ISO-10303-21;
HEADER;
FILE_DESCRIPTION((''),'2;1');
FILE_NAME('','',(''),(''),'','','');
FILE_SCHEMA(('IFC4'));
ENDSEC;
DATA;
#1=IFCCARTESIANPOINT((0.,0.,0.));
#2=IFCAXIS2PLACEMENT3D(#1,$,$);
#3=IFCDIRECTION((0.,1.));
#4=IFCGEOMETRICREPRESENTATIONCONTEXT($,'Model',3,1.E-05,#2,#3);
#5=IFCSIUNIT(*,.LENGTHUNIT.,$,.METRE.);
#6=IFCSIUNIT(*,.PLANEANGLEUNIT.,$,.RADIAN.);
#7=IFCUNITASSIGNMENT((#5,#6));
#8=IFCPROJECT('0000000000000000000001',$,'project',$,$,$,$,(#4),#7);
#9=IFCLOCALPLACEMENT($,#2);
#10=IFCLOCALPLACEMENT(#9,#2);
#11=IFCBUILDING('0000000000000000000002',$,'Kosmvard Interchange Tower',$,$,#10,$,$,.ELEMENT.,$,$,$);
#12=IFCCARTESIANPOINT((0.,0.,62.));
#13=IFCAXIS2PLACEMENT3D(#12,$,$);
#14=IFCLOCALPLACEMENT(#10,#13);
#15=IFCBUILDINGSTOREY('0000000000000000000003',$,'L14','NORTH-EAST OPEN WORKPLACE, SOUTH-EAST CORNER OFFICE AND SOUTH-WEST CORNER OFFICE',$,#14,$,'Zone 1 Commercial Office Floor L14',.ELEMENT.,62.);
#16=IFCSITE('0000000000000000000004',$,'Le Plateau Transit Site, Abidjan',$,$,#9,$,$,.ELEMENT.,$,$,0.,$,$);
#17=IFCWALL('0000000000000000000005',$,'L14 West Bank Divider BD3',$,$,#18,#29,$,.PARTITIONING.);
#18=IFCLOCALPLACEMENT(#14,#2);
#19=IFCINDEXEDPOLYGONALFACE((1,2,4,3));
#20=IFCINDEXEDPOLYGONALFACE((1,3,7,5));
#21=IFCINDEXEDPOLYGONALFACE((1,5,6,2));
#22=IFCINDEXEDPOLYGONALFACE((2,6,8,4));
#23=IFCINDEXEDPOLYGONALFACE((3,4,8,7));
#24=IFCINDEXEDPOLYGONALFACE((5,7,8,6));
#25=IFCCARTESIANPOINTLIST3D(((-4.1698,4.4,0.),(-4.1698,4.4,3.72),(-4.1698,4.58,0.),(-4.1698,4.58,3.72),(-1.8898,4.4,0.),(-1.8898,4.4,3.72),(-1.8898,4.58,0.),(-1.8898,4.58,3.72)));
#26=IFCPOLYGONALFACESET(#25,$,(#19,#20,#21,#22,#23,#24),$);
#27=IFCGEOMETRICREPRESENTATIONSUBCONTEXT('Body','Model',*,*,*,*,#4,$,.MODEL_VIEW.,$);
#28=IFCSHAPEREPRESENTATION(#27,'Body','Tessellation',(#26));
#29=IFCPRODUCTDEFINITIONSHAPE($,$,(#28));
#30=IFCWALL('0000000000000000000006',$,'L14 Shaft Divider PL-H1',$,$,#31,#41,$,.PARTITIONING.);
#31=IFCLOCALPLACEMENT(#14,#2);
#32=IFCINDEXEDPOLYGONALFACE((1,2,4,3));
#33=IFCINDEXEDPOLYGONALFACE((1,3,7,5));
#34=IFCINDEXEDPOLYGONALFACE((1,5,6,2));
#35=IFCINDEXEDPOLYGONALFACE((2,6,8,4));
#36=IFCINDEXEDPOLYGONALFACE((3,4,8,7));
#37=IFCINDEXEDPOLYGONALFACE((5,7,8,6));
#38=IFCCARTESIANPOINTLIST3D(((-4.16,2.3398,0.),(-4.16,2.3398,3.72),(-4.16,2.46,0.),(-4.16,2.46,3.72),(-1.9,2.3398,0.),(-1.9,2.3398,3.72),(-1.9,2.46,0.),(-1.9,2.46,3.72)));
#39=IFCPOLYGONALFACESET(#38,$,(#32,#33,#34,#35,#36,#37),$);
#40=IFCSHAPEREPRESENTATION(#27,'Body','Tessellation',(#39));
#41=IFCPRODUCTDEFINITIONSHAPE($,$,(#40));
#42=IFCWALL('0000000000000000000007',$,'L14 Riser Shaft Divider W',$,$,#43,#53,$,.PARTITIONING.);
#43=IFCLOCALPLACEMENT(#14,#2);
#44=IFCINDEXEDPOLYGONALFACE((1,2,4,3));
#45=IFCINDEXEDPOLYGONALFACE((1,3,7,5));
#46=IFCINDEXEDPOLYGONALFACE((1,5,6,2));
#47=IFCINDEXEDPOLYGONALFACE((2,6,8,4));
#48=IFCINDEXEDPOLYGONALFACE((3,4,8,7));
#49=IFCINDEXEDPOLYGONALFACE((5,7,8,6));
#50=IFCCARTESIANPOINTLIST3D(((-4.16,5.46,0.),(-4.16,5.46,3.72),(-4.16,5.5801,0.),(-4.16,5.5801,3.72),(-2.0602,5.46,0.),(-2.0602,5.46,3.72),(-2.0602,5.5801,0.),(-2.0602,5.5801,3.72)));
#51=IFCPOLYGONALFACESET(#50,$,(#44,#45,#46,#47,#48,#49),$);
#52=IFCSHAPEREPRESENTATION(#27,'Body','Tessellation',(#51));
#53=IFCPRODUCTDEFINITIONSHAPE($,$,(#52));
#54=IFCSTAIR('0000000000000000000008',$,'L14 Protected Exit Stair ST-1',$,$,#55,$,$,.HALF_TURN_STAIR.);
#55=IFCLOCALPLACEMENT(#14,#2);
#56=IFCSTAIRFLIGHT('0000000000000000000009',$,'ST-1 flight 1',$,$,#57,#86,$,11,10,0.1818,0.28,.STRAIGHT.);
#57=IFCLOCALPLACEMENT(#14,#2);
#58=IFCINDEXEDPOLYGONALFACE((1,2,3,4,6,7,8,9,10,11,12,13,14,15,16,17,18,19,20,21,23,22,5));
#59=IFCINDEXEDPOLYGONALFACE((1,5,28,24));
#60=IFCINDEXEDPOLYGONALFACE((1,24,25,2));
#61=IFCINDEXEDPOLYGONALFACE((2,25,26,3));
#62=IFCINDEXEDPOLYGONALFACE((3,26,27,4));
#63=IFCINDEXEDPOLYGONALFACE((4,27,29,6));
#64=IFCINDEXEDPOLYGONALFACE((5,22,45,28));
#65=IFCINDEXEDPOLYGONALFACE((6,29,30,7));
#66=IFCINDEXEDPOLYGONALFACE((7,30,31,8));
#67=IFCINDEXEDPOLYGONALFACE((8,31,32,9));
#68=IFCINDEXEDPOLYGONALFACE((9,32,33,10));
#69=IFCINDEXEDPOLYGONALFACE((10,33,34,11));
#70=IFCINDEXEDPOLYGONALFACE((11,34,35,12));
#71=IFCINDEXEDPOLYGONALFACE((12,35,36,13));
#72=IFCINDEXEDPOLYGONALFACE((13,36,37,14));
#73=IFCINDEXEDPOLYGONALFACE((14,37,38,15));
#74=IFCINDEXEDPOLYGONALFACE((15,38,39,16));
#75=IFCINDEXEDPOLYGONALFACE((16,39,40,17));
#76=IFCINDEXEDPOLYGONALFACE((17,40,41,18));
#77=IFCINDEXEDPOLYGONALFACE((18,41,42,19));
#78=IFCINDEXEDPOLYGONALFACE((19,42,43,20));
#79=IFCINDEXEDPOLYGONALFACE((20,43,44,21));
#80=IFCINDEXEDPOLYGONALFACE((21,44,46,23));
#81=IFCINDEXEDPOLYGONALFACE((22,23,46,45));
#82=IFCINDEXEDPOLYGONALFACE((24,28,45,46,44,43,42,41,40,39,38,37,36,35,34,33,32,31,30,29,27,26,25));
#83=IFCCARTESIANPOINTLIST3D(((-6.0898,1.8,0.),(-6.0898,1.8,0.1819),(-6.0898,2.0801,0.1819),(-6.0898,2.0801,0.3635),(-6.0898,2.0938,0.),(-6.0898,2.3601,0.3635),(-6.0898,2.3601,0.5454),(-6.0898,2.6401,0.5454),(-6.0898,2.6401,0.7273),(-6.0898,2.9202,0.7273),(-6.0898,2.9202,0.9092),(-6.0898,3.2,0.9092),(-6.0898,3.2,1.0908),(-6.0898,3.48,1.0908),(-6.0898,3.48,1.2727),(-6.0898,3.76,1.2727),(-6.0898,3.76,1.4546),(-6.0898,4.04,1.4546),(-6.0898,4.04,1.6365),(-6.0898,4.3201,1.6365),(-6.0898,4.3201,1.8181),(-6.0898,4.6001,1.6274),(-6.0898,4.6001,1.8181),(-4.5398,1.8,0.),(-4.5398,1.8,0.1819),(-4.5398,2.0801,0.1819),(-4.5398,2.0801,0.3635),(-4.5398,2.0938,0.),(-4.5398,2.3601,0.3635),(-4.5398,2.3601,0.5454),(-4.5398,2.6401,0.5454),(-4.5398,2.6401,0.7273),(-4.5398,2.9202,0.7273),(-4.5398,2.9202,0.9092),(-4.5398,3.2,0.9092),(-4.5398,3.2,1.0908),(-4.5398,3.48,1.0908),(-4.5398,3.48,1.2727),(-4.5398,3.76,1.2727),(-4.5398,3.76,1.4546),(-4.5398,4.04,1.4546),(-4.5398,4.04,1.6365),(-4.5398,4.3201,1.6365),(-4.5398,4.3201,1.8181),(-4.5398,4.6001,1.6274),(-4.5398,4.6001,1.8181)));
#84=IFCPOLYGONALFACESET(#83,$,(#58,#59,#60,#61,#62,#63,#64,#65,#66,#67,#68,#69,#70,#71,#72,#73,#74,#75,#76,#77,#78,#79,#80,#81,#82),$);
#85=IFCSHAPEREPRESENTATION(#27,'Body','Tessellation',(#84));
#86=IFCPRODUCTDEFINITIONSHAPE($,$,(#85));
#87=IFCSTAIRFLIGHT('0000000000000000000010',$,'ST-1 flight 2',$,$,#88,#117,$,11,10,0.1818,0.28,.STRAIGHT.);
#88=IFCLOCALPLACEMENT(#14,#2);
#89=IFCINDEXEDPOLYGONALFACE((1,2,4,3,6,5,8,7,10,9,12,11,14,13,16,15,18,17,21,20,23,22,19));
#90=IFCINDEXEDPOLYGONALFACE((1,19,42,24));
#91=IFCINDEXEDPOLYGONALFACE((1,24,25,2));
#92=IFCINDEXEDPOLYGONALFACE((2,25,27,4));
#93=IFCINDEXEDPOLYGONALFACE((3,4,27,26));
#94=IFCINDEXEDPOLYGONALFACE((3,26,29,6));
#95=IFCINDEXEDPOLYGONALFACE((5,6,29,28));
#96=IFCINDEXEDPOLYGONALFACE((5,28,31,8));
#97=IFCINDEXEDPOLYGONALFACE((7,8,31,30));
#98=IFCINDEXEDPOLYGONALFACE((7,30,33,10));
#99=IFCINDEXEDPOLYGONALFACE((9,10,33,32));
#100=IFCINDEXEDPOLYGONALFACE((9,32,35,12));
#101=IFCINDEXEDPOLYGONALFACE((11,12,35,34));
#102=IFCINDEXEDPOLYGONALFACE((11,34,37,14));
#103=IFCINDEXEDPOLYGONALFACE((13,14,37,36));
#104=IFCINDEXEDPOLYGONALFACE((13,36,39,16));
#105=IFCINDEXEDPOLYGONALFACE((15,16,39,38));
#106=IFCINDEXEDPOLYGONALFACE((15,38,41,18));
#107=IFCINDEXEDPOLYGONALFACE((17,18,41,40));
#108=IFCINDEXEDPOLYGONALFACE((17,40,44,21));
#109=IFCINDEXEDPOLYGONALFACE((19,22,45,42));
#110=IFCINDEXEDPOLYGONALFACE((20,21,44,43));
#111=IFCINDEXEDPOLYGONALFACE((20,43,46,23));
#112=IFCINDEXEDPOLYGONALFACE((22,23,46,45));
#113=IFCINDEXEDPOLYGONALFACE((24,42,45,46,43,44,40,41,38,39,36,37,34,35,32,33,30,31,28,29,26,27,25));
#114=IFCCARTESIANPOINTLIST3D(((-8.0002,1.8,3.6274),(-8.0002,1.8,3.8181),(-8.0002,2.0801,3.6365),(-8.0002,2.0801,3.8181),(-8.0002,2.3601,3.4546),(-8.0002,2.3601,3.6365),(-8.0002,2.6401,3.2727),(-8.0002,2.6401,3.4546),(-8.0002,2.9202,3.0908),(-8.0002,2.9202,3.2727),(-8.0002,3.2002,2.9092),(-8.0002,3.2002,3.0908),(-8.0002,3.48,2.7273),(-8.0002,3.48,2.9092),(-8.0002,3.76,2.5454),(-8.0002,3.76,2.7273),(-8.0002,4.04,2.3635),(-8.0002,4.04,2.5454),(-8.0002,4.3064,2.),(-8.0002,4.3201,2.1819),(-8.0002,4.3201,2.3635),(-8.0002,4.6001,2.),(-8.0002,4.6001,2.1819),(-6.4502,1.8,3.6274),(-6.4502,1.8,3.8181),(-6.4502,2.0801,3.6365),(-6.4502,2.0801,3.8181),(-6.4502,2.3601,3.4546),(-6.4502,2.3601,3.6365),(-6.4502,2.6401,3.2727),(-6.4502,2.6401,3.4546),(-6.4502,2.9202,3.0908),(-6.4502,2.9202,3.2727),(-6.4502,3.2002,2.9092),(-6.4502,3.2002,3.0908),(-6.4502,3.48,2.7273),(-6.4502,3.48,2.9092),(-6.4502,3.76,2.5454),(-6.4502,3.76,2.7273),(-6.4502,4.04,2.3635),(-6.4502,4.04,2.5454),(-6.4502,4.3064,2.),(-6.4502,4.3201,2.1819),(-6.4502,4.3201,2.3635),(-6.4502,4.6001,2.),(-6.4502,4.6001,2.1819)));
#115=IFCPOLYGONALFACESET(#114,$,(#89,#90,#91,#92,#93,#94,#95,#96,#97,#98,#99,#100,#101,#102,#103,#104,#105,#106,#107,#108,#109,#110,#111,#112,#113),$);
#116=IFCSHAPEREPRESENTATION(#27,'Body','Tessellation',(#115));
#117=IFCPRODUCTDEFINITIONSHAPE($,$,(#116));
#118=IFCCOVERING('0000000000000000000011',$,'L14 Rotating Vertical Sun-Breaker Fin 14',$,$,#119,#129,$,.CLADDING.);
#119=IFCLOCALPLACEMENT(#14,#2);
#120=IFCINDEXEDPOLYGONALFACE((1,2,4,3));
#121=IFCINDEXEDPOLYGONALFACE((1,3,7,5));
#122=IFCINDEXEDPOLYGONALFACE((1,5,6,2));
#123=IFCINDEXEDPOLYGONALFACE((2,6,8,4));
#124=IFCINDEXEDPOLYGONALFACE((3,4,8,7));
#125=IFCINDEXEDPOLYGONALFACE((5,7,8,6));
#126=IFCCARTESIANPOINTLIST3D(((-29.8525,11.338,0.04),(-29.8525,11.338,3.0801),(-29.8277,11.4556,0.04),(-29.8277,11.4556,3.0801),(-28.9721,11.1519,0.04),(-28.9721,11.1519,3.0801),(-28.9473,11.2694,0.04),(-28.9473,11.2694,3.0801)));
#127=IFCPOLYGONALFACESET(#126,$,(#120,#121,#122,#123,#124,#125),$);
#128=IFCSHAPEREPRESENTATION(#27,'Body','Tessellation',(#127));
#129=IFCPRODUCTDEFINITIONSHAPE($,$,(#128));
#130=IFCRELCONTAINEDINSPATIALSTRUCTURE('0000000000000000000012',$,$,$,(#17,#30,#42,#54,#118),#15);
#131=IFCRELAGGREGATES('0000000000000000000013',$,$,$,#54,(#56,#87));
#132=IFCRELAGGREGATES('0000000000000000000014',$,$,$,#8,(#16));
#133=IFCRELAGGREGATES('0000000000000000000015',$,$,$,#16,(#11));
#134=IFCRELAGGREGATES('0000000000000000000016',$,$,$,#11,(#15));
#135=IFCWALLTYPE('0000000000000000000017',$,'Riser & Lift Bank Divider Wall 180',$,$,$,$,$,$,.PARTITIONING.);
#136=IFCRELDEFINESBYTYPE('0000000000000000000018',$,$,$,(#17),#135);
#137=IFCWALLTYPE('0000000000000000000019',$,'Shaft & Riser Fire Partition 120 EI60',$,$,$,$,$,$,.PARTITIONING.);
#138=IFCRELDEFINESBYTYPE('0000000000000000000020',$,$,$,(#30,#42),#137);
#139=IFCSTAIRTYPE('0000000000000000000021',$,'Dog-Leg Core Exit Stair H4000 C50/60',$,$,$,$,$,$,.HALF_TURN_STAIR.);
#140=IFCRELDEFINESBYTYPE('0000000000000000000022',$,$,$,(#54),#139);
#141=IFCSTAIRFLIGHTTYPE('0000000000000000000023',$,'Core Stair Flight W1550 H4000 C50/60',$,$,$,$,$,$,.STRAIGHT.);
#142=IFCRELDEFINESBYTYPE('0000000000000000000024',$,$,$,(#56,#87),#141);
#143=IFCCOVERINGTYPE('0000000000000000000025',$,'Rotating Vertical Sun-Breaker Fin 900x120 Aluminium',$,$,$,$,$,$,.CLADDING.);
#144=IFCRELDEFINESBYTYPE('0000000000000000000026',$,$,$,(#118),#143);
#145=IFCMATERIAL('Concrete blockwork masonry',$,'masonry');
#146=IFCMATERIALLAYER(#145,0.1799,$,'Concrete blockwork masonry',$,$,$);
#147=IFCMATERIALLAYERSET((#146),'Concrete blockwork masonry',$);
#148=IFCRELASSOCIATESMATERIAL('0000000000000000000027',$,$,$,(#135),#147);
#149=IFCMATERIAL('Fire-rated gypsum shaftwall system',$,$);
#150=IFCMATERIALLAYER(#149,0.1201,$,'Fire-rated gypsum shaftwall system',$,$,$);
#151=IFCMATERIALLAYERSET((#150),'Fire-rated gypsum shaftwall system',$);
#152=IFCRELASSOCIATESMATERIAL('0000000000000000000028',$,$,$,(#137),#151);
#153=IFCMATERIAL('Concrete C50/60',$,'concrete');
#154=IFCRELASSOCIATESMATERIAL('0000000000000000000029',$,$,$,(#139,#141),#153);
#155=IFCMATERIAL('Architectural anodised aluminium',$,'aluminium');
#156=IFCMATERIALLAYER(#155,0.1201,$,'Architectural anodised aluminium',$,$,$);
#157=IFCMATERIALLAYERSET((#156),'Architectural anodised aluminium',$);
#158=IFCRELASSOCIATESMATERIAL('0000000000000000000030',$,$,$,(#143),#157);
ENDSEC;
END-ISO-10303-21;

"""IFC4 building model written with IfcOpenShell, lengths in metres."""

from ifc_helpers import new_model, si_unit, direction, frame, frame_2d, origin, origin_2d, place, context, subcontext, project, spatial, polyline, rectangle, outline, extrude, source, transform, mapped, material, layer, layer_set, type_object, element, aggregate, save


model = new_model("IFC4")

# Units and contexts
model_context = context("Model", 3, precision=1e-05, world=origin(), true_north=direction((0.0, 1.0)))
body_context = subcontext(model_context, "Body", "Model", "MODEL_VIEW")
ifc_project = project(units=[si_unit("LENGTHUNIT", "METRE"), si_unit("PLANEANGLEUNIT", "RADIAN")], contexts=[model_context])

# Site, building, storey
site_placement = place(None, origin())
site = spatial("IfcSite", under=ifc_project, at=site_placement, Name="Le Plateau Transit Site, Abidjan", CompositionType="ELEMENT", RefElevation=0.0)
building_placement = place(site_placement, origin())
building = spatial("IfcBuilding", under=site, at=building_placement, Name="Kosmvard Interchange Tower", CompositionType="ELEMENT")
storey_placement = place(building_placement, frame((0.0, 0.0, 62.0)))
storey = spatial("IfcBuildingStorey", under=building, at=storey_placement, Name="L14", Description="NORTH-EAST OPEN WORKPLACE, SOUTH-EAST CORNER OFFICE AND SOUTH-WEST CORNER OFFICE", LongName="Zone 1 Commercial Office Floor L14", CompositionType="ELEMENT", Elevation=62.0)

# Walls
ifc_material_1 = material(Name="Concrete blockwork masonry", Category="masonry")
ifc_layer_1 = layer(ifc_material_1, 0.1799, Name="Concrete blockwork masonry")
ifc_layer_set_1 = layer_set([ifc_layer_1], Name="Concrete blockwork masonry")
wall_type_1 = type_object("IfcWallType", Name="Riser & Lift Bank Divider Wall 180", PredefinedType="PARTITIONING", material=ifc_layer_set_1)
wall_1_placement = place(storey_placement, frame((-4.1699, 4.49, 0.0), z_axis=(0.0, 0.0, 1.0), x_axis=(1.0, 0.0, 0.0)))
element("IfcWall", 1, at=wall_1_placement, inside=storey, type_object=wall_type_1, Name="L14 West Bank Divider BD3", PredefinedType="PARTITIONING", context=body_context, shape_type="SweptSolid", body=[
    extrude(rectangle(XDim=2.28, YDim=0.1799, at=frame_2d((1.1401, 0.0))), origin(), (0.0, 0.0, 1.0), 3.72),
])
ifc_material_2 = material(Name="Fire-rated gypsum shaftwall system")
ifc_layer_2 = layer(ifc_material_2, 0.1201, Name="Fire-rated gypsum shaftwall system")
ifc_layer_set_2 = layer_set([ifc_layer_2], Name="Fire-rated gypsum shaftwall system")
wall_type_2 = type_object("IfcWallType", Name="Shaft & Riser Fire Partition 120 EI60", PredefinedType="PARTITIONING", material=ifc_layer_set_2)
wall_2_placement = place(storey_placement, frame((-4.1599, 2.3999, 0.0), z_axis=(0.0, 0.0, 1.0), x_axis=(1.0, 0.0, 0.0)))
element("IfcWall", 2, at=wall_2_placement, inside=storey, type_object=wall_type_2, Name="L14 Shaft Divider PL-H1", PredefinedType="PARTITIONING", context=body_context, shape_type="SweptSolid", body=[
    extrude(rectangle(XDim=2.26, YDim=0.1201, at=frame_2d((1.1299, 0.0))), origin(), (0.0, 0.0, 1.0), 3.72),
])
wall_3_placement = place(storey_placement, frame((-4.1599, 5.52, 0.0), z_axis=(0.0, 0.0, 1.0), x_axis=(1.0, 0.0, 0.0)))
element("IfcWall", 3, at=wall_3_placement, inside=storey, type_object=wall_type_2, Name="L14 Riser Shaft Divider W", PredefinedType="PARTITIONING", context=body_context, shape_type="SweptSolid", body=[
    extrude(rectangle(XDim=2.0999, YDim=0.1201, at=frame_2d((1.0498, 0.0))), origin(), (0.0, 0.0, 1.0), 3.72),
])

# Stair, stair flights
ifc_material_3 = material(Name="Concrete C50/60", Category="concrete")
stair_type = type_object("IfcStairType", Name="Dog-Leg Core Exit Stair H4000 C50/60", PredefinedType="HALF_TURN_STAIR", material=ifc_material_3)
stair_placement = place(storey_placement, origin())
stair = element("IfcStair", 4, at=stair_placement, inside=storey, type_object=stair_type, Name="L14 Protected Exit Stair ST-1", PredefinedType="HALF_TURN_STAIR")
stair_flight_type = type_object("IfcStairFlightType", Name="Core Stair Flight W1550 H4000 C50/60", PredefinedType="STRAIGHT", material=ifc_material_3)
shared_shape_1 = source(origin(), body_context, "Body", "SweptSolid", [
    extrude(outline(polyline([(0.0, 0.0), (0.0, 0.1819), (0.28, 0.1819), (0.28, 0.3635), (0.5601, 0.3635), (0.5601, 0.5454), (0.8401, 0.5454), (0.8401, 0.7273), (1.1201, 0.7273), (1.1201, 0.9092), (1.3999, 0.9092), (1.3999, 1.0908), (1.6799, 1.0908), (1.6799, 1.2727), (1.96, 1.2727), (1.96, 1.4546), (2.24, 1.4546), (2.24, 1.6365), (2.52, 1.6365), (2.52, 1.8181), (2.8, 1.8181), (2.8, 2.0), (2.8, 1.6274), (0.2937, 0.0), (0.0, 0.0)])), frame((0.0, 0.7749, 0.0), z_axis=(0.0, -1.0, 0.0), x_axis=(1.0, 0.0, 0.0)), (0.0, 0.0, 1.0), 1.55),
])
stair_flight_1_placement = place(storey_placement, frame((-5.3149, 1.8, 0.0), z_axis=(0.0, 0.0, 1.0), x_axis=(0.0, 1.0, 0.0)))
stair_flight_1 = element("IfcStairFlight", 5, at=stair_flight_1_placement, type_object=stair_flight_type, Name="ST-1 flight 1", NumberOfRisers=11, NumberOfTreads=10, PredefinedType="STRAIGHT", RiserHeight=0.1818, TreadLength=0.28, context=body_context, shape_type="MappedRepresentation", body=[
    mapped(shared_shape_1, transform((0.0, 0.0, 0.0), scale=1.0)),
])
stair_flight_2_placement = place(storey_placement, frame((-7.2251, 4.6001, 2.0), z_axis=(0.0, 0.0, 1.0), x_axis=(0.0, -1.0, 0.0)))
stair_flight_2 = element("IfcStairFlight", 6, at=stair_flight_2_placement, type_object=stair_flight_type, Name="ST-1 flight 2", NumberOfRisers=11, NumberOfTreads=10, PredefinedType="STRAIGHT", RiserHeight=0.1818, TreadLength=0.28, context=body_context, shape_type="MappedRepresentation", body=[
    mapped(shared_shape_1, transform((0.0, 0.0, 0.0), scale=1.0)),
])
aggregate(stair, [stair_flight_1, stair_flight_2])

# Covering
ifc_material_4 = material(Name="Architectural anodised aluminium", Category="aluminium")
ifc_layer_3 = layer(ifc_material_4, 0.1201, Name="Architectural anodised aluminium")
ifc_layer_set_3 = layer_set([ifc_layer_3], Name="Architectural anodised aluminium")
covering_type = type_object("IfcCoveringType", Name="Rotating Vertical Sun-Breaker Fin 900x120 Aluminium", PredefinedType="CLADDING", material=ifc_layer_set_3)
shared_shape_2 = source(origin(), body_context, "Body", "SweptSolid", [
    extrude(rectangle(XDim=0.8999, YDim=0.1201, at=origin_2d()), origin(), (0.0, 0.0, 1.0), 3.04),
])
covering_placement = place(storey_placement, frame((-29.3999, 11.3037, 0.04), z_axis=(0.0, 0.0, 1.0), x_axis=(-0.978365, 0.206887, 0.0)))
element("IfcCovering", 7, at=covering_placement, inside=storey, type_object=covering_type, Name="L14 Rotating Vertical Sun-Breaker Fin 14", PredefinedType="CLADDING", context=body_context, shape_type="MappedRepresentation", body=[
    mapped(shared_shape_2, transform((0.0, 0.0, 0.0), scale=1.0)),
])

save(model, "model.ifc")
